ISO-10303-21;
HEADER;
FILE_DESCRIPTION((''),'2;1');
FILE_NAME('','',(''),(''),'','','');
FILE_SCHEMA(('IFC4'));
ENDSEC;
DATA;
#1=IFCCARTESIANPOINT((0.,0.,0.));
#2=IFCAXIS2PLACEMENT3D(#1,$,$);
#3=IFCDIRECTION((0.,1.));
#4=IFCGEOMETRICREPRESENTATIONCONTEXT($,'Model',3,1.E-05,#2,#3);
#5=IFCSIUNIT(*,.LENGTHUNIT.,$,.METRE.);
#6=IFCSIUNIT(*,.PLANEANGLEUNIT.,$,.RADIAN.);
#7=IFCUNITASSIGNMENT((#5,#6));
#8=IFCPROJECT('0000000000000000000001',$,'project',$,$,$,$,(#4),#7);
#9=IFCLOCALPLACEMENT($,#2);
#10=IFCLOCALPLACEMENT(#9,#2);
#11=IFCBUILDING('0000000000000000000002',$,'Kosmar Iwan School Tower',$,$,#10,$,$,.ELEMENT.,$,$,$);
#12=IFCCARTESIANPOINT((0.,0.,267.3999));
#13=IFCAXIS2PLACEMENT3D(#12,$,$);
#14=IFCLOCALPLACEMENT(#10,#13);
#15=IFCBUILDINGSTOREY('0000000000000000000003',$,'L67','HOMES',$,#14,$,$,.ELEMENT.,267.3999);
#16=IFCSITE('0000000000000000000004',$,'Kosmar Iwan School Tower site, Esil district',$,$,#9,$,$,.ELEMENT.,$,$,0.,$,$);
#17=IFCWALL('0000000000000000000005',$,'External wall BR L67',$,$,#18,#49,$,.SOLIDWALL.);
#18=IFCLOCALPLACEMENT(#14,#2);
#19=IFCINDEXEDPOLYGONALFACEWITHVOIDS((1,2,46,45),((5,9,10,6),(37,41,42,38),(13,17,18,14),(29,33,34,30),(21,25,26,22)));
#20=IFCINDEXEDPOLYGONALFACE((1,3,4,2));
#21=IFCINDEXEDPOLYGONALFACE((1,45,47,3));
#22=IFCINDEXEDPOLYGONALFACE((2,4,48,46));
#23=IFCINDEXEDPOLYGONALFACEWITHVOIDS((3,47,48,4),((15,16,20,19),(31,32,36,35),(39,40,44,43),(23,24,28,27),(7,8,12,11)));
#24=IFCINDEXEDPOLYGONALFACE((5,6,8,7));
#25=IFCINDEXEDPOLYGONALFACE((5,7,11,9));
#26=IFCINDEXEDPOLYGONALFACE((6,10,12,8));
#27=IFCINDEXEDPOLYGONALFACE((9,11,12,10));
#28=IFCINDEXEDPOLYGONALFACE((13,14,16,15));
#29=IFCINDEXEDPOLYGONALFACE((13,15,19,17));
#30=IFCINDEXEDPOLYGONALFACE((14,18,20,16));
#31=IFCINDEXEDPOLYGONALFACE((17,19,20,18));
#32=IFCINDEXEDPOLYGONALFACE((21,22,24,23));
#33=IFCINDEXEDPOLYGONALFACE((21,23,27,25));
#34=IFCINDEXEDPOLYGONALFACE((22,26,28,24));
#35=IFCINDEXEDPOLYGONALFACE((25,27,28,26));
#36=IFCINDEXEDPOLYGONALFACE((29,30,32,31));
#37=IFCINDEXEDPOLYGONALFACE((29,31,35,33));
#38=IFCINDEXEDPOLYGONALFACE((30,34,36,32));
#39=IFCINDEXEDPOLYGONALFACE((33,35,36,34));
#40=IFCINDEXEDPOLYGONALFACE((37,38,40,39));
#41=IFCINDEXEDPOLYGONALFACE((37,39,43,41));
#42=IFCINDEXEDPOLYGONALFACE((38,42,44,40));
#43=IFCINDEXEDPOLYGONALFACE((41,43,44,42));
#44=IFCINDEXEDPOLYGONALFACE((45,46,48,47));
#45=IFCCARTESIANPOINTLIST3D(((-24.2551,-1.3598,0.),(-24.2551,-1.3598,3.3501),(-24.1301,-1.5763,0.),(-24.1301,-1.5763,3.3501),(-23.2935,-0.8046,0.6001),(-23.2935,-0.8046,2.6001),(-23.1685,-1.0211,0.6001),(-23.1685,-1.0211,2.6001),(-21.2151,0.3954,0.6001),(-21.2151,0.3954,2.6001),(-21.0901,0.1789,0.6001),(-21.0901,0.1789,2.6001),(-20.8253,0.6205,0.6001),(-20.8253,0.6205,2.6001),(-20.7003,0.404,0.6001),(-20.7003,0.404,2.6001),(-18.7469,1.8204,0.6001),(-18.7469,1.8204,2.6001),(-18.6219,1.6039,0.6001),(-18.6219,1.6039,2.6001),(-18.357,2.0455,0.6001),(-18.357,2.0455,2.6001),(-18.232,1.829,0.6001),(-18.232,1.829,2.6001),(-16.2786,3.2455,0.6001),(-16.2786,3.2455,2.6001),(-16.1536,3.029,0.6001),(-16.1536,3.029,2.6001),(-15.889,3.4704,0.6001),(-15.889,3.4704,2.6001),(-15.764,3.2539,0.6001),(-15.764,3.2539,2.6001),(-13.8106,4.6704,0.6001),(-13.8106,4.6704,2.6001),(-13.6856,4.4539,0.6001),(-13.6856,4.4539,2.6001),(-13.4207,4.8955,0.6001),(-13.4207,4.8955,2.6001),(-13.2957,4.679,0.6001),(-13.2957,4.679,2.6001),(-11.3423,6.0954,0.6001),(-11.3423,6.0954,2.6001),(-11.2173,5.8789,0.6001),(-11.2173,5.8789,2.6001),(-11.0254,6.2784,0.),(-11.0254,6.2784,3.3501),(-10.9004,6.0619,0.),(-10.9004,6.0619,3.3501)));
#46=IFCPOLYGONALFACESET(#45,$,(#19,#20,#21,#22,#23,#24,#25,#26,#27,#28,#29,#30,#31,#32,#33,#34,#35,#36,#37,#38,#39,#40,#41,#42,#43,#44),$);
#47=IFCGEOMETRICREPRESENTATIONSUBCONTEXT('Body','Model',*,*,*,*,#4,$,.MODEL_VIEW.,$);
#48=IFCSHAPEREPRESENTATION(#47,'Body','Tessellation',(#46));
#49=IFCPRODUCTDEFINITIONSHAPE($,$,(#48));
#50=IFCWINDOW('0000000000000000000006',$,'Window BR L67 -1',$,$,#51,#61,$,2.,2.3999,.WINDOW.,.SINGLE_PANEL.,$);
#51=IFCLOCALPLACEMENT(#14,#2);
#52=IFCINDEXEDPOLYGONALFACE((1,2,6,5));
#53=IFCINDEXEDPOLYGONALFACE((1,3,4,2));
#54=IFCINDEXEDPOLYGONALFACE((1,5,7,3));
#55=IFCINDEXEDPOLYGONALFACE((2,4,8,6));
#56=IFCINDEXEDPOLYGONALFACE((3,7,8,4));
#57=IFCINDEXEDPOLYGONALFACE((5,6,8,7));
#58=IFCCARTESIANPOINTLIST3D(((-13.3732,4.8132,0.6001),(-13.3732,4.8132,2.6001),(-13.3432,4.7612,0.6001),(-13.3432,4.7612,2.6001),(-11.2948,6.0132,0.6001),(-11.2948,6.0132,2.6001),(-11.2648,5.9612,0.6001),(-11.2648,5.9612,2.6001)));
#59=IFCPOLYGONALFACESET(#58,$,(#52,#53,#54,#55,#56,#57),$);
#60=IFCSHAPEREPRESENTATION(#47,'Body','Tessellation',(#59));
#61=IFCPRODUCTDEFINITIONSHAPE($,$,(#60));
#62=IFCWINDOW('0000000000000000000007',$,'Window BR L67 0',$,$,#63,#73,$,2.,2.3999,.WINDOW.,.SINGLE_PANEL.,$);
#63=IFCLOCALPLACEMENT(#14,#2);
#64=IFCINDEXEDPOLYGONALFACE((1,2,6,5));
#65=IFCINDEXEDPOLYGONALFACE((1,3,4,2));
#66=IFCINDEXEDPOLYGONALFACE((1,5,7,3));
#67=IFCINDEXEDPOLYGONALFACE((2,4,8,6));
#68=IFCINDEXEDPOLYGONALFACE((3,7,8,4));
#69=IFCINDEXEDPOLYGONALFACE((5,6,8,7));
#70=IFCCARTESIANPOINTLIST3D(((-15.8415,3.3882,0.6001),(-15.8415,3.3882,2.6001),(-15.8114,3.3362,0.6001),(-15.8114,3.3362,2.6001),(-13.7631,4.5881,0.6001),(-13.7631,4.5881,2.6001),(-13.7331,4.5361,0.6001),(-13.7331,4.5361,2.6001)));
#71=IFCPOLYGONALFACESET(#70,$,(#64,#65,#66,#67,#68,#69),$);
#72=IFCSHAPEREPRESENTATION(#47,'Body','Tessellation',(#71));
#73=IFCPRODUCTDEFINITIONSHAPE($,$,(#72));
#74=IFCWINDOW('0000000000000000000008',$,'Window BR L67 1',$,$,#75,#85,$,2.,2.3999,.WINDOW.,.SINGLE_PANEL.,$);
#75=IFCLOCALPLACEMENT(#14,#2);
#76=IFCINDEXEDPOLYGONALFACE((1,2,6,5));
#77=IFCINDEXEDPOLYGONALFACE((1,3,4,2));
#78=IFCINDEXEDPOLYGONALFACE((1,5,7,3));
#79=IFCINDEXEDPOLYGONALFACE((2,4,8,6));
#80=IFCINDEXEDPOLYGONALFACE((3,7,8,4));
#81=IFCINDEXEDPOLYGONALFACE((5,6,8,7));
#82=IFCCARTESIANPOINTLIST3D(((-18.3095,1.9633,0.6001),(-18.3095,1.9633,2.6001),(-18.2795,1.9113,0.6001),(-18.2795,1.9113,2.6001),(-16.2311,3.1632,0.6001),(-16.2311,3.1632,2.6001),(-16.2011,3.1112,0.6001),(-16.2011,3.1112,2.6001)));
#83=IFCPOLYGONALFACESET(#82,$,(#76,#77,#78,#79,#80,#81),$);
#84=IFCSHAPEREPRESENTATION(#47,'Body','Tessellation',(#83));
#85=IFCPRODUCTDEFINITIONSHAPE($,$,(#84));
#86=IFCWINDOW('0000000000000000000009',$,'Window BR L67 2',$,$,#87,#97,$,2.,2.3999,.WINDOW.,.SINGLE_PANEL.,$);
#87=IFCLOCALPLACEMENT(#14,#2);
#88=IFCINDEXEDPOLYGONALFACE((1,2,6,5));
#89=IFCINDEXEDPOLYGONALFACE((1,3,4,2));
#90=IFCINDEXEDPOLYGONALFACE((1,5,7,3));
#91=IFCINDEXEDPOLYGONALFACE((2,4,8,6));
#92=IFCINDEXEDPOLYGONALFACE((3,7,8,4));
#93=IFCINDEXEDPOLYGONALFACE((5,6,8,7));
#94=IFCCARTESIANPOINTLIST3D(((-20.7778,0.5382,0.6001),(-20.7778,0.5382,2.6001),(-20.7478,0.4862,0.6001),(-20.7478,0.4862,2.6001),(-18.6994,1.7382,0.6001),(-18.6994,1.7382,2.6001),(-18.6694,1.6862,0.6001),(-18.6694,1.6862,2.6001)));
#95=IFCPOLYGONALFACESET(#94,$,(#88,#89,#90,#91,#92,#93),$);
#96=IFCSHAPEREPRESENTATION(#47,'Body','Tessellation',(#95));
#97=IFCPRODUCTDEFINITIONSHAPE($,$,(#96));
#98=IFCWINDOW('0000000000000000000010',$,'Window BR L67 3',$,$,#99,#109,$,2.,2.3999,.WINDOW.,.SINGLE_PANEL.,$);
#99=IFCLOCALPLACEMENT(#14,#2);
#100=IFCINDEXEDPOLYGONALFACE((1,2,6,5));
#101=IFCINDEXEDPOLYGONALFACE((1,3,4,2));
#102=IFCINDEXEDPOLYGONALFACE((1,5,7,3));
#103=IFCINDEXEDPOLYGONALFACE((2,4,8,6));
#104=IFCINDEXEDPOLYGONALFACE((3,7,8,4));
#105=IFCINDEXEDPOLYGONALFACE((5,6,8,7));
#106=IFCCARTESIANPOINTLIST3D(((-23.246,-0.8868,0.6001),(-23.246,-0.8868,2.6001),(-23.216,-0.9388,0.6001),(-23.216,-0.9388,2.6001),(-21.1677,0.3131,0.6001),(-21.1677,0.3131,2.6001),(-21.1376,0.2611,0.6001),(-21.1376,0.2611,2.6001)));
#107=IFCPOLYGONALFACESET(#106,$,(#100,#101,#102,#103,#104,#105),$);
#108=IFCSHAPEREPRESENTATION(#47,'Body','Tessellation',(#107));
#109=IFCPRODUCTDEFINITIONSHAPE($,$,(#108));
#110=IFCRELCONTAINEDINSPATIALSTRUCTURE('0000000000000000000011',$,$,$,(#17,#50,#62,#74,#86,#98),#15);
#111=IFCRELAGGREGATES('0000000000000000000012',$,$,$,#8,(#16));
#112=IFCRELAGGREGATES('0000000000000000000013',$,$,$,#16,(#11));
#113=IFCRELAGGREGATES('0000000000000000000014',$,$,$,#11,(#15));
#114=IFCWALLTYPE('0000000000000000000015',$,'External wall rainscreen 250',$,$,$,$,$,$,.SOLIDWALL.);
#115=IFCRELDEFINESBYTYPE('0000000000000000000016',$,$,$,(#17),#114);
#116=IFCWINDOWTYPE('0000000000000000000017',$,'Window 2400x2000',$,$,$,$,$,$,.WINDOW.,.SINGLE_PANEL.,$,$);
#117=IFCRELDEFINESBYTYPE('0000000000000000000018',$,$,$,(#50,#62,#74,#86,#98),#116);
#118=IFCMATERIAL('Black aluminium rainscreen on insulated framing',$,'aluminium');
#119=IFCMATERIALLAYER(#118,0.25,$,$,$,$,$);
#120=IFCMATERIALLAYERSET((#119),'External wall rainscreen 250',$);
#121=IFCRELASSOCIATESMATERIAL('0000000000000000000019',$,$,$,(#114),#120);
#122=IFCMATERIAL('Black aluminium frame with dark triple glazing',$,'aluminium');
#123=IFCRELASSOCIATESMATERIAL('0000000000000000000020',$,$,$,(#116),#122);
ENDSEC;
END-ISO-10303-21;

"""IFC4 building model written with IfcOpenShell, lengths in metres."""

from ifc_helpers import new_model, si_unit, direction, frame, frame_2d, origin, place, context, subcontext, project, spatial, rectangle, extrude, material, layer, layer_set, type_object, element, fill, save


model = new_model("IFC4")

# Units and contexts
model_context = context("Model", 3, precision=1e-05, world=origin(), true_north=direction((0.0, 1.0)))
body_context = subcontext(model_context, "Body", "Model", "MODEL_VIEW")
ifc_project = project(units=[si_unit("LENGTHUNIT", "METRE"), si_unit("PLANEANGLEUNIT", "RADIAN")], contexts=[model_context])

# Site, building, storey
site_placement = place(None, origin())
site = spatial("IfcSite", under=ifc_project, at=site_placement, Name="Kosmar Iwan School Tower site, Esil district", CompositionType="ELEMENT", RefElevation=0.0)
building_placement = place(site_placement, origin())
building = spatial("IfcBuilding", under=site, at=building_placement, Name="Kosmar Iwan School Tower", CompositionType="ELEMENT")
storey_placement = place(building_placement, frame((0.0, 0.0, 267.3999)))
storey = spatial("IfcBuildingStorey", under=building, at=storey_placement, Name="L67", Description="HOMES", CompositionType="ELEMENT", Elevation=267.3999)

# Wall, openings, windows
ifc_material_1 = material(Name="Black aluminium rainscreen on insulated framing", Category="aluminium")
ifc_layer = layer(ifc_material_1, 0.25)
ifc_layer_set = layer_set([ifc_layer], Name="External wall rainscreen 250")
wall_type = type_object("IfcWallType", Name="External wall rainscreen 250", PredefinedType="SOLIDWALL", material=ifc_layer_set)
ifc_material_2 = material(Name="Black aluminium frame with dark triple glazing", Category="aluminium")
window_type = type_object("IfcWindowType", Name="Window 2400x2000", PartitioningType="SINGLE_PANEL", PredefinedType="WINDOW", material=ifc_material_2)
wall_1_placement = place(storey_placement, frame((-10.9629, 6.1702, 0.0), z_axis=(0.0, 0.0, 1.0), x_axis=(-0.866026, -0.5, 0.0)))
wall_1 = element("IfcWall", 1, at=wall_1_placement, inside=storey, type_object=wall_type, Name="External wall BR L67", PredefinedType="SOLIDWALL", context=body_context, shape_type="SweptSolid", body=[
    extrude(rectangle(XDim=15.2764, YDim=0.25, at=frame_2d((7.6382, 0.0))), origin(), (0.0, 0.0, 1.0), 3.3501),
])
opening_1_placement = place(wall_1_placement, frame((0.366, 0.0, 0.6001)))
opening_1 = element("IfcOpeningElement", 2, at=opening_1_placement, cuts=wall_1, PredefinedType="OPENING", context=body_context, shape_type="SweptSolid", body=[
    extrude(rectangle(XDim=2.3999, YDim=2.0, at=frame_2d((1.2, 1.0))), frame((0.0, 0.137, 0.0), z_axis=(0.0, -1.0, 0.0), x_axis=(1.0, 0.0, 0.0)), (0.0, 0.0, 1.0), 0.2739),
])
opening_2_placement = place(wall_1_placement, frame((3.2161, 0.0, 0.6001)))
opening_2 = element("IfcOpeningElement", 3, at=opening_2_placement, cuts=wall_1, PredefinedType="OPENING", context=body_context, shape_type="SweptSolid", body=[
    extrude(rectangle(XDim=2.3999, YDim=2.0, at=frame_2d((1.2, 1.0))), frame((0.0, 0.137, 0.0), z_axis=(0.0, -1.0, 0.0), x_axis=(1.0, 0.0, 0.0)), (0.0, 0.0, 1.0), 0.2739),
])
opening_3_placement = place(wall_1_placement, frame((6.0659, 0.0, 0.6001)))
opening_3 = element("IfcOpeningElement", 4, at=opening_3_placement, cuts=wall_1, PredefinedType="OPENING", context=body_context, shape_type="SweptSolid", body=[
    extrude(rectangle(XDim=2.3999, YDim=2.0, at=frame_2d((1.2, 1.0))), frame((0.0, 0.137, 0.0), z_axis=(0.0, -1.0, 0.0), x_axis=(1.0, 0.0, 0.0)), (0.0, 0.0, 1.0), 0.2739),
])
opening_4_placement = place(wall_1_placement, frame((8.916, 0.0, 0.6001)))
opening_4 = element("IfcOpeningElement", 5, at=opening_4_placement, cuts=wall_1, PredefinedType="OPENING", context=body_context, shape_type="SweptSolid", body=[
    extrude(rectangle(XDim=2.3999, YDim=2.0, at=frame_2d((1.2, 1.0))), frame((0.0, 0.137, 0.0), z_axis=(0.0, -1.0, 0.0), x_axis=(1.0, 0.0, 0.0)), (0.0, 0.0, 1.0), 0.2739),
])
opening_5_placement = place(wall_1_placement, frame((11.7661, 0.0, 0.6001)))
opening_5 = element("IfcOpeningElement", 6, at=opening_5_placement, cuts=wall_1, PredefinedType="OPENING", context=body_context, shape_type="SweptSolid", body=[
    extrude(rectangle(XDim=2.3999, YDim=2.0, at=frame_2d((1.2, 1.0))), frame((0.0, 0.137, 0.0), z_axis=(0.0, -1.0, 0.0), x_axis=(1.0, 0.0, 0.0)), (0.0, 0.0, 1.0), 0.2739),
])
window_1_placement = place(opening_1_placement, origin())
window_1 = element("IfcWindow", 7, at=window_1_placement, inside=storey, type_object=window_type, Name="Window BR L67 -1", OverallHeight=2.0, OverallWidth=2.3999, PartitioningType="SINGLE_PANEL", PredefinedType="WINDOW", context=body_context, shape_type="SweptSolid", body=[
    extrude(rectangle(XDim=2.3999, YDim=2.0, at=frame_2d((1.2, 1.0))), frame((0.0, 0.03, 0.0), z_axis=(0.0, -1.0, 0.0), x_axis=(1.0, 0.0, 0.0)), (0.0, 0.0, 1.0), 0.0601),
])
fill(opening_1, window_1)
window_2_placement = place(opening_2_placement, origin())
window_2 = element("IfcWindow", 8, at=window_2_placement, inside=storey, type_object=window_type, Name="Window BR L67 0", OverallHeight=2.0, OverallWidth=2.3999, PartitioningType="SINGLE_PANEL", PredefinedType="WINDOW", context=body_context, shape_type="SweptSolid", body=[
    extrude(rectangle(XDim=2.3999, YDim=2.0, at=frame_2d((1.2, 1.0))), frame((0.0, 0.03, 0.0), z_axis=(0.0, -1.0, 0.0), x_axis=(1.0, 0.0, 0.0)), (0.0, 0.0, 1.0), 0.0601),
])
fill(opening_2, window_2)
window_3_placement = place(opening_3_placement, origin())
window_3 = element("IfcWindow", 9, at=window_3_placement, inside=storey, type_object=window_type, Name="Window BR L67 1", OverallHeight=2.0, OverallWidth=2.3999, PartitioningType="SINGLE_PANEL", PredefinedType="WINDOW", context=body_context, shape_type="SweptSolid", body=[
    extrude(rectangle(XDim=2.3999, YDim=2.0, at=frame_2d((1.2, 1.0))), frame((0.0, 0.03, 0.0), z_axis=(0.0, -1.0, 0.0), x_axis=(1.0, 0.0, 0.0)), (0.0, 0.0, 1.0), 0.0601),
])
fill(opening_3, window_3)
window_4_placement = place(opening_4_placement, origin())
window_4 = element("IfcWindow", 10, at=window_4_placement, inside=storey, type_object=window_type, Name="Window BR L67 2", OverallHeight=2.0, OverallWidth=2.3999, PartitioningType="SINGLE_PANEL", PredefinedType="WINDOW", context=body_context, shape_type="SweptSolid", body=[
    extrude(rectangle(XDim=2.3999, YDim=2.0, at=frame_2d((1.2, 1.0))), frame((0.0, 0.03, 0.0), z_axis=(0.0, -1.0, 0.0), x_axis=(1.0, 0.0, 0.0)), (0.0, 0.0, 1.0), 0.0601),
])
fill(opening_4, window_4)
window_5_placement = place(opening_5_placement, origin())
window_5 = element("IfcWindow", 11, at=window_5_placement, inside=storey, type_object=window_type, Name="Window BR L67 3", OverallHeight=2.0, OverallWidth=2.3999, PartitioningType="SINGLE_PANEL", PredefinedType="WINDOW", context=body_context, shape_type="SweptSolid", body=[
    extrude(rectangle(XDim=2.3999, YDim=2.0, at=frame_2d((1.2, 1.0))), frame((0.0, 0.03, 0.0), z_axis=(0.0, -1.0, 0.0), x_axis=(1.0, 0.0, 0.0)), (0.0, 0.0, 1.0), 0.0601),
])
fill(opening_5, window_5)

save(model, "model.ifc")
